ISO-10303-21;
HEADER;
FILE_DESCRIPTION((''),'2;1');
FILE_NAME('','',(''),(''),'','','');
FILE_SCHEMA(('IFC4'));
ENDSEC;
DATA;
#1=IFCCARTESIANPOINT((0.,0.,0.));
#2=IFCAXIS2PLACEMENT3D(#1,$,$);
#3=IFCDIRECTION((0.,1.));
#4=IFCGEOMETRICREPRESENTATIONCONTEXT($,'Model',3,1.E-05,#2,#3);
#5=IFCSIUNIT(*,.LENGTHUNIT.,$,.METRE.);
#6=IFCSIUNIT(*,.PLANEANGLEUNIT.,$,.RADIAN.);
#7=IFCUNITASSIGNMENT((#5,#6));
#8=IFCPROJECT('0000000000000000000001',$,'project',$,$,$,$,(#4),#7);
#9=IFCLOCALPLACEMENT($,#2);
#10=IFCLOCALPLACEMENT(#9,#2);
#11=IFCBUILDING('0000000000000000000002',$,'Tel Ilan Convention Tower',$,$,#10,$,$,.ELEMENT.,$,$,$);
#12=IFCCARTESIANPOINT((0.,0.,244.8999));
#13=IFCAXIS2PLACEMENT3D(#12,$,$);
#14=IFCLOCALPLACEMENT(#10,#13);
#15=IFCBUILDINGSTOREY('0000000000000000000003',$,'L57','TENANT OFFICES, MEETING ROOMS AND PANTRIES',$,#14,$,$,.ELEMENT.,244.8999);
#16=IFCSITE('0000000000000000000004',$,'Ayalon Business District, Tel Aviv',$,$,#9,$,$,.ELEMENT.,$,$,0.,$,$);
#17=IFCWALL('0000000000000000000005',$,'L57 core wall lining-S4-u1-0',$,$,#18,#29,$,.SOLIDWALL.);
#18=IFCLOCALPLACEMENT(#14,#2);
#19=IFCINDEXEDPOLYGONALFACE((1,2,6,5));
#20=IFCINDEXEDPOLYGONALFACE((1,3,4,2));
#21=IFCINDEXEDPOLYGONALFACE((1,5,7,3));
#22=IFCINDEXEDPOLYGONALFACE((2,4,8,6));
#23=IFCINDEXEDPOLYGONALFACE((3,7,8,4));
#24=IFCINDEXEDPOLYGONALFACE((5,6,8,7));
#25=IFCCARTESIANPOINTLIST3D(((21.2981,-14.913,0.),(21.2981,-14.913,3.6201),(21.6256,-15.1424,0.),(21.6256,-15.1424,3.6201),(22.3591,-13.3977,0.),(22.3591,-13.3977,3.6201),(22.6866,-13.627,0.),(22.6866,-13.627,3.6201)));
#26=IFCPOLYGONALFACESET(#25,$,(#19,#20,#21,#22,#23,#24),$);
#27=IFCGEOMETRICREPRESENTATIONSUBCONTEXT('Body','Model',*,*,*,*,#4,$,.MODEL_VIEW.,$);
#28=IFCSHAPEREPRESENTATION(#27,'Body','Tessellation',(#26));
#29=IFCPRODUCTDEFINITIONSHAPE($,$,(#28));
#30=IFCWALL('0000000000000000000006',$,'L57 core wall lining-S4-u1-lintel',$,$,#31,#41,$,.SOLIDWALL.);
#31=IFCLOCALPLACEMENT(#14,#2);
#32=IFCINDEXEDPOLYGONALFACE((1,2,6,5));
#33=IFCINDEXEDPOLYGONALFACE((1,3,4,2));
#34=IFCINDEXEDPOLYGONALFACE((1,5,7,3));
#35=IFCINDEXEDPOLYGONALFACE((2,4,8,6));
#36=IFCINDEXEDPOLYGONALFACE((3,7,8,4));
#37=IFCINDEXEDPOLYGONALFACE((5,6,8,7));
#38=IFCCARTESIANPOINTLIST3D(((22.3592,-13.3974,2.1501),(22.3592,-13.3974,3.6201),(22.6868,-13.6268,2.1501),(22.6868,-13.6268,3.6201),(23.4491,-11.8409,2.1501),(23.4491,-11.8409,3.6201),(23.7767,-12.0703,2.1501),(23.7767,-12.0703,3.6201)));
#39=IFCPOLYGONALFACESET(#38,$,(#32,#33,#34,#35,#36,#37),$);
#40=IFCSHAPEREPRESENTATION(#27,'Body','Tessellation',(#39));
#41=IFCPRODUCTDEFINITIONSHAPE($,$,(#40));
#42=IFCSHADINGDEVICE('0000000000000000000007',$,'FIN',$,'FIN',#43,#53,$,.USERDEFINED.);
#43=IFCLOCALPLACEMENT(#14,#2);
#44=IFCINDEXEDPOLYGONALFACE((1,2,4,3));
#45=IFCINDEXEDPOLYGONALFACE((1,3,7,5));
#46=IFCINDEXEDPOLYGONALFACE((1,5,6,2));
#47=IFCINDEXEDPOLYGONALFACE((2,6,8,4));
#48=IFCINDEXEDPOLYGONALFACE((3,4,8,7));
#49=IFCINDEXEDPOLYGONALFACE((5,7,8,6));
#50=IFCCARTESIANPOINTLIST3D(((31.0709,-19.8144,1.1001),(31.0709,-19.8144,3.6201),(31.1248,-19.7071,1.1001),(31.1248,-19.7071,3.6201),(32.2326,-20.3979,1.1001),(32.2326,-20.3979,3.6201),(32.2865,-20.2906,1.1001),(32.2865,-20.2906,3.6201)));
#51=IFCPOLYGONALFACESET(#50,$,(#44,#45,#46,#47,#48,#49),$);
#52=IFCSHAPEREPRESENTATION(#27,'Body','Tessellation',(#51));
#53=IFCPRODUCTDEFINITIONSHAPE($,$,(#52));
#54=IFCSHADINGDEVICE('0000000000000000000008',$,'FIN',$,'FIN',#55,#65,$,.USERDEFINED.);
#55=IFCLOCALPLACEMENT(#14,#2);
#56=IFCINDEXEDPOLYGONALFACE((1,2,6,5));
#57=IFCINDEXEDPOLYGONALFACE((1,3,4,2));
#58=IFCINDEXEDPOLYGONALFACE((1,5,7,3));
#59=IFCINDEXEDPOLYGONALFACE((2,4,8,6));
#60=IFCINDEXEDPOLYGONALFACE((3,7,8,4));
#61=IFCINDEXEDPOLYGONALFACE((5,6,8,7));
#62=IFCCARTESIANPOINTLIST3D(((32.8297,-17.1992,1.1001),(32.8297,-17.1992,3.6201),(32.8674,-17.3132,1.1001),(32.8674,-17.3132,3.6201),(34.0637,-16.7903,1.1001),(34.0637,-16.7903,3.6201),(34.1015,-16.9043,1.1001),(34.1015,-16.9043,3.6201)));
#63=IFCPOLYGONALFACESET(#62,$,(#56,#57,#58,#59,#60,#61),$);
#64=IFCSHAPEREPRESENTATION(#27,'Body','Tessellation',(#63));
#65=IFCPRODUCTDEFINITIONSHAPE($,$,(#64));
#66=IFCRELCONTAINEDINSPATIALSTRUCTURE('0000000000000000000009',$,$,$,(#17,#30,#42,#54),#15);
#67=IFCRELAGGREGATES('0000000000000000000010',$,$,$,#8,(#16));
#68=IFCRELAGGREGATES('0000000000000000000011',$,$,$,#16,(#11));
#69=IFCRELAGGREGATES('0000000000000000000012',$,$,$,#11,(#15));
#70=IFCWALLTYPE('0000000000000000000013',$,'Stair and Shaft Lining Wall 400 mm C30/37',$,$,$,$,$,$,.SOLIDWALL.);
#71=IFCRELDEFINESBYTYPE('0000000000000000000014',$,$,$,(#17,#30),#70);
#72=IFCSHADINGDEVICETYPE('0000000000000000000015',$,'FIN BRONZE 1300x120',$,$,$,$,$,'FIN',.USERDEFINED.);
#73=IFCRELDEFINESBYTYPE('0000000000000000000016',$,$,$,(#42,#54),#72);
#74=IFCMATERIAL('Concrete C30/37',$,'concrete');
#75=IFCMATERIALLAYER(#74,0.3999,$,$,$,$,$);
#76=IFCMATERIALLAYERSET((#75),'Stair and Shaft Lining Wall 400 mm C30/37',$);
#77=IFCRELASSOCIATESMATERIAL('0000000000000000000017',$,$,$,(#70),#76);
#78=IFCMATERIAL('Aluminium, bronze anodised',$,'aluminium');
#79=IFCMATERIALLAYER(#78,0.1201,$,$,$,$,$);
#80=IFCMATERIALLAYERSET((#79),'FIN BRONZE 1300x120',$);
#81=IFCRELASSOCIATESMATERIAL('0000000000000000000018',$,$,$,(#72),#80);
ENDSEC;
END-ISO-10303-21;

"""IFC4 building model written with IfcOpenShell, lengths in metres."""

from ifc_helpers import new_model, si_unit, direction, frame, frame_2d, origin, origin_2d, place, context, subcontext, project, spatial, rectangle, extrude, material, layer, layer_set, type_object, element, save


model = new_model("IFC4")

# Units and contexts
model_context = context("Model", 3, precision=1e-05, world=origin(), true_north=direction((0.0, 1.0)))
body_context = subcontext(model_context, "Body", "Model", "MODEL_VIEW")
ifc_project = project(units=[si_unit("LENGTHUNIT", "METRE"), si_unit("PLANEANGLEUNIT", "RADIAN")], contexts=[model_context])

# Site, building, storey
site_placement = place(None, origin())
site = spatial("IfcSite", under=ifc_project, at=site_placement, Name="Ayalon Business District, Tel Aviv", CompositionType="ELEMENT", RefElevation=0.0)
building_placement = place(site_placement, origin())
building = spatial("IfcBuilding", under=site, at=building_placement, Name="Tel Ilan Convention Tower", CompositionType="ELEMENT")
storey_placement = place(building_placement, frame((0.0, 0.0, 244.8999)))
storey = spatial("IfcBuildingStorey", under=building, at=storey_placement, Name="L57", Description="TENANT OFFICES, MEETING ROOMS AND PANTRIES", CompositionType="ELEMENT", Elevation=244.8999)

# Walls
ifc_material_1 = material(Name="Concrete C30/37", Category="concrete")
ifc_layer_1 = layer(ifc_material_1, 0.3999)
ifc_layer_set_1 = layer_set([ifc_layer_1], Name="Stair and Shaft Lining Wall 400 mm C30/37")
wall_type_1 = type_object("IfcWallType", Name="Stair and Shaft Lining Wall 400 mm C30/37", PredefinedType="SOLIDWALL", material=ifc_layer_set_1)
wall_1_placement = place(storey_placement, frame((21.4619, -15.0276, 0.0), z_axis=(0.0, 0.0, 1.0), x_axis=(0.57356, 0.819164, 0.0)))
element("IfcWall", 1, at=wall_1_placement, inside=storey, type_object=wall_type_1, Name="L57 core wall lining-S4-u1-0", PredefinedType="SOLIDWALL", context=body_context, shape_type="SweptSolid", body=[
    extrude(rectangle(XDim=1.8499, YDim=0.3999, at=frame_2d((0.9248, 0.0))), origin(), (0.0, 0.0, 1.0), 3.6201),
])
wall_2_placement = place(storey_placement, frame((22.5229, -13.5122, 2.1501), z_axis=(0.0, 0.0, 1.0), x_axis=(0.573592, 0.819141, 0.0)))
element("IfcWall", 2, at=wall_2_placement, inside=storey, type_object=wall_type_1, Name="L57 core wall lining-S4-u1-lintel", PredefinedType="SOLIDWALL", context=body_context, shape_type="SweptSolid", body=[
    extrude(rectangle(XDim=1.9001, YDim=0.3999, at=frame_2d((0.9502, 0.0))), origin(), (0.0, 0.0, 1.0), 1.47),
])

# Shading devices
ifc_material_2 = material(Name="Aluminium, bronze anodised", Category="aluminium")
ifc_layer_2 = layer(ifc_material_2, 0.1201)
ifc_layer_set_2 = layer_set([ifc_layer_2], Name="FIN BRONZE 1300x120")
shading_device_type = type_object("IfcShadingDeviceType", Name="FIN BRONZE 1300x120", ElementType="FIN", PredefinedType="USERDEFINED", material=ifc_layer_set_2)
for number, where, z_axis, x_axis, name in (
    (3, (31.6787, -20.0525, 1.1001), (0.0, 0.0, 1.0), (0.893633, -0.448799, 0.0), "FIN"),
    (4, (33.4656, -17.0518, 1.1001), (0.0, 0.0, 1.0), (0.949243, 0.314545, 0.0), "FIN"),
):
    element("IfcShadingDevice", number, at=place(storey_placement, frame(where, z_axis=z_axis, x_axis=x_axis)), inside=storey, type_object=shading_device_type, Name=name, ObjectType="FIN", PredefinedType="USERDEFINED", context=body_context, shape_type="SweptSolid", body=[
        extrude(rectangle(XDim=1.3, YDim=0.1201, at=origin_2d()), origin(), (0.0, 0.0, 1.0), 2.52),
    ])

save(model, "model.ifc")
